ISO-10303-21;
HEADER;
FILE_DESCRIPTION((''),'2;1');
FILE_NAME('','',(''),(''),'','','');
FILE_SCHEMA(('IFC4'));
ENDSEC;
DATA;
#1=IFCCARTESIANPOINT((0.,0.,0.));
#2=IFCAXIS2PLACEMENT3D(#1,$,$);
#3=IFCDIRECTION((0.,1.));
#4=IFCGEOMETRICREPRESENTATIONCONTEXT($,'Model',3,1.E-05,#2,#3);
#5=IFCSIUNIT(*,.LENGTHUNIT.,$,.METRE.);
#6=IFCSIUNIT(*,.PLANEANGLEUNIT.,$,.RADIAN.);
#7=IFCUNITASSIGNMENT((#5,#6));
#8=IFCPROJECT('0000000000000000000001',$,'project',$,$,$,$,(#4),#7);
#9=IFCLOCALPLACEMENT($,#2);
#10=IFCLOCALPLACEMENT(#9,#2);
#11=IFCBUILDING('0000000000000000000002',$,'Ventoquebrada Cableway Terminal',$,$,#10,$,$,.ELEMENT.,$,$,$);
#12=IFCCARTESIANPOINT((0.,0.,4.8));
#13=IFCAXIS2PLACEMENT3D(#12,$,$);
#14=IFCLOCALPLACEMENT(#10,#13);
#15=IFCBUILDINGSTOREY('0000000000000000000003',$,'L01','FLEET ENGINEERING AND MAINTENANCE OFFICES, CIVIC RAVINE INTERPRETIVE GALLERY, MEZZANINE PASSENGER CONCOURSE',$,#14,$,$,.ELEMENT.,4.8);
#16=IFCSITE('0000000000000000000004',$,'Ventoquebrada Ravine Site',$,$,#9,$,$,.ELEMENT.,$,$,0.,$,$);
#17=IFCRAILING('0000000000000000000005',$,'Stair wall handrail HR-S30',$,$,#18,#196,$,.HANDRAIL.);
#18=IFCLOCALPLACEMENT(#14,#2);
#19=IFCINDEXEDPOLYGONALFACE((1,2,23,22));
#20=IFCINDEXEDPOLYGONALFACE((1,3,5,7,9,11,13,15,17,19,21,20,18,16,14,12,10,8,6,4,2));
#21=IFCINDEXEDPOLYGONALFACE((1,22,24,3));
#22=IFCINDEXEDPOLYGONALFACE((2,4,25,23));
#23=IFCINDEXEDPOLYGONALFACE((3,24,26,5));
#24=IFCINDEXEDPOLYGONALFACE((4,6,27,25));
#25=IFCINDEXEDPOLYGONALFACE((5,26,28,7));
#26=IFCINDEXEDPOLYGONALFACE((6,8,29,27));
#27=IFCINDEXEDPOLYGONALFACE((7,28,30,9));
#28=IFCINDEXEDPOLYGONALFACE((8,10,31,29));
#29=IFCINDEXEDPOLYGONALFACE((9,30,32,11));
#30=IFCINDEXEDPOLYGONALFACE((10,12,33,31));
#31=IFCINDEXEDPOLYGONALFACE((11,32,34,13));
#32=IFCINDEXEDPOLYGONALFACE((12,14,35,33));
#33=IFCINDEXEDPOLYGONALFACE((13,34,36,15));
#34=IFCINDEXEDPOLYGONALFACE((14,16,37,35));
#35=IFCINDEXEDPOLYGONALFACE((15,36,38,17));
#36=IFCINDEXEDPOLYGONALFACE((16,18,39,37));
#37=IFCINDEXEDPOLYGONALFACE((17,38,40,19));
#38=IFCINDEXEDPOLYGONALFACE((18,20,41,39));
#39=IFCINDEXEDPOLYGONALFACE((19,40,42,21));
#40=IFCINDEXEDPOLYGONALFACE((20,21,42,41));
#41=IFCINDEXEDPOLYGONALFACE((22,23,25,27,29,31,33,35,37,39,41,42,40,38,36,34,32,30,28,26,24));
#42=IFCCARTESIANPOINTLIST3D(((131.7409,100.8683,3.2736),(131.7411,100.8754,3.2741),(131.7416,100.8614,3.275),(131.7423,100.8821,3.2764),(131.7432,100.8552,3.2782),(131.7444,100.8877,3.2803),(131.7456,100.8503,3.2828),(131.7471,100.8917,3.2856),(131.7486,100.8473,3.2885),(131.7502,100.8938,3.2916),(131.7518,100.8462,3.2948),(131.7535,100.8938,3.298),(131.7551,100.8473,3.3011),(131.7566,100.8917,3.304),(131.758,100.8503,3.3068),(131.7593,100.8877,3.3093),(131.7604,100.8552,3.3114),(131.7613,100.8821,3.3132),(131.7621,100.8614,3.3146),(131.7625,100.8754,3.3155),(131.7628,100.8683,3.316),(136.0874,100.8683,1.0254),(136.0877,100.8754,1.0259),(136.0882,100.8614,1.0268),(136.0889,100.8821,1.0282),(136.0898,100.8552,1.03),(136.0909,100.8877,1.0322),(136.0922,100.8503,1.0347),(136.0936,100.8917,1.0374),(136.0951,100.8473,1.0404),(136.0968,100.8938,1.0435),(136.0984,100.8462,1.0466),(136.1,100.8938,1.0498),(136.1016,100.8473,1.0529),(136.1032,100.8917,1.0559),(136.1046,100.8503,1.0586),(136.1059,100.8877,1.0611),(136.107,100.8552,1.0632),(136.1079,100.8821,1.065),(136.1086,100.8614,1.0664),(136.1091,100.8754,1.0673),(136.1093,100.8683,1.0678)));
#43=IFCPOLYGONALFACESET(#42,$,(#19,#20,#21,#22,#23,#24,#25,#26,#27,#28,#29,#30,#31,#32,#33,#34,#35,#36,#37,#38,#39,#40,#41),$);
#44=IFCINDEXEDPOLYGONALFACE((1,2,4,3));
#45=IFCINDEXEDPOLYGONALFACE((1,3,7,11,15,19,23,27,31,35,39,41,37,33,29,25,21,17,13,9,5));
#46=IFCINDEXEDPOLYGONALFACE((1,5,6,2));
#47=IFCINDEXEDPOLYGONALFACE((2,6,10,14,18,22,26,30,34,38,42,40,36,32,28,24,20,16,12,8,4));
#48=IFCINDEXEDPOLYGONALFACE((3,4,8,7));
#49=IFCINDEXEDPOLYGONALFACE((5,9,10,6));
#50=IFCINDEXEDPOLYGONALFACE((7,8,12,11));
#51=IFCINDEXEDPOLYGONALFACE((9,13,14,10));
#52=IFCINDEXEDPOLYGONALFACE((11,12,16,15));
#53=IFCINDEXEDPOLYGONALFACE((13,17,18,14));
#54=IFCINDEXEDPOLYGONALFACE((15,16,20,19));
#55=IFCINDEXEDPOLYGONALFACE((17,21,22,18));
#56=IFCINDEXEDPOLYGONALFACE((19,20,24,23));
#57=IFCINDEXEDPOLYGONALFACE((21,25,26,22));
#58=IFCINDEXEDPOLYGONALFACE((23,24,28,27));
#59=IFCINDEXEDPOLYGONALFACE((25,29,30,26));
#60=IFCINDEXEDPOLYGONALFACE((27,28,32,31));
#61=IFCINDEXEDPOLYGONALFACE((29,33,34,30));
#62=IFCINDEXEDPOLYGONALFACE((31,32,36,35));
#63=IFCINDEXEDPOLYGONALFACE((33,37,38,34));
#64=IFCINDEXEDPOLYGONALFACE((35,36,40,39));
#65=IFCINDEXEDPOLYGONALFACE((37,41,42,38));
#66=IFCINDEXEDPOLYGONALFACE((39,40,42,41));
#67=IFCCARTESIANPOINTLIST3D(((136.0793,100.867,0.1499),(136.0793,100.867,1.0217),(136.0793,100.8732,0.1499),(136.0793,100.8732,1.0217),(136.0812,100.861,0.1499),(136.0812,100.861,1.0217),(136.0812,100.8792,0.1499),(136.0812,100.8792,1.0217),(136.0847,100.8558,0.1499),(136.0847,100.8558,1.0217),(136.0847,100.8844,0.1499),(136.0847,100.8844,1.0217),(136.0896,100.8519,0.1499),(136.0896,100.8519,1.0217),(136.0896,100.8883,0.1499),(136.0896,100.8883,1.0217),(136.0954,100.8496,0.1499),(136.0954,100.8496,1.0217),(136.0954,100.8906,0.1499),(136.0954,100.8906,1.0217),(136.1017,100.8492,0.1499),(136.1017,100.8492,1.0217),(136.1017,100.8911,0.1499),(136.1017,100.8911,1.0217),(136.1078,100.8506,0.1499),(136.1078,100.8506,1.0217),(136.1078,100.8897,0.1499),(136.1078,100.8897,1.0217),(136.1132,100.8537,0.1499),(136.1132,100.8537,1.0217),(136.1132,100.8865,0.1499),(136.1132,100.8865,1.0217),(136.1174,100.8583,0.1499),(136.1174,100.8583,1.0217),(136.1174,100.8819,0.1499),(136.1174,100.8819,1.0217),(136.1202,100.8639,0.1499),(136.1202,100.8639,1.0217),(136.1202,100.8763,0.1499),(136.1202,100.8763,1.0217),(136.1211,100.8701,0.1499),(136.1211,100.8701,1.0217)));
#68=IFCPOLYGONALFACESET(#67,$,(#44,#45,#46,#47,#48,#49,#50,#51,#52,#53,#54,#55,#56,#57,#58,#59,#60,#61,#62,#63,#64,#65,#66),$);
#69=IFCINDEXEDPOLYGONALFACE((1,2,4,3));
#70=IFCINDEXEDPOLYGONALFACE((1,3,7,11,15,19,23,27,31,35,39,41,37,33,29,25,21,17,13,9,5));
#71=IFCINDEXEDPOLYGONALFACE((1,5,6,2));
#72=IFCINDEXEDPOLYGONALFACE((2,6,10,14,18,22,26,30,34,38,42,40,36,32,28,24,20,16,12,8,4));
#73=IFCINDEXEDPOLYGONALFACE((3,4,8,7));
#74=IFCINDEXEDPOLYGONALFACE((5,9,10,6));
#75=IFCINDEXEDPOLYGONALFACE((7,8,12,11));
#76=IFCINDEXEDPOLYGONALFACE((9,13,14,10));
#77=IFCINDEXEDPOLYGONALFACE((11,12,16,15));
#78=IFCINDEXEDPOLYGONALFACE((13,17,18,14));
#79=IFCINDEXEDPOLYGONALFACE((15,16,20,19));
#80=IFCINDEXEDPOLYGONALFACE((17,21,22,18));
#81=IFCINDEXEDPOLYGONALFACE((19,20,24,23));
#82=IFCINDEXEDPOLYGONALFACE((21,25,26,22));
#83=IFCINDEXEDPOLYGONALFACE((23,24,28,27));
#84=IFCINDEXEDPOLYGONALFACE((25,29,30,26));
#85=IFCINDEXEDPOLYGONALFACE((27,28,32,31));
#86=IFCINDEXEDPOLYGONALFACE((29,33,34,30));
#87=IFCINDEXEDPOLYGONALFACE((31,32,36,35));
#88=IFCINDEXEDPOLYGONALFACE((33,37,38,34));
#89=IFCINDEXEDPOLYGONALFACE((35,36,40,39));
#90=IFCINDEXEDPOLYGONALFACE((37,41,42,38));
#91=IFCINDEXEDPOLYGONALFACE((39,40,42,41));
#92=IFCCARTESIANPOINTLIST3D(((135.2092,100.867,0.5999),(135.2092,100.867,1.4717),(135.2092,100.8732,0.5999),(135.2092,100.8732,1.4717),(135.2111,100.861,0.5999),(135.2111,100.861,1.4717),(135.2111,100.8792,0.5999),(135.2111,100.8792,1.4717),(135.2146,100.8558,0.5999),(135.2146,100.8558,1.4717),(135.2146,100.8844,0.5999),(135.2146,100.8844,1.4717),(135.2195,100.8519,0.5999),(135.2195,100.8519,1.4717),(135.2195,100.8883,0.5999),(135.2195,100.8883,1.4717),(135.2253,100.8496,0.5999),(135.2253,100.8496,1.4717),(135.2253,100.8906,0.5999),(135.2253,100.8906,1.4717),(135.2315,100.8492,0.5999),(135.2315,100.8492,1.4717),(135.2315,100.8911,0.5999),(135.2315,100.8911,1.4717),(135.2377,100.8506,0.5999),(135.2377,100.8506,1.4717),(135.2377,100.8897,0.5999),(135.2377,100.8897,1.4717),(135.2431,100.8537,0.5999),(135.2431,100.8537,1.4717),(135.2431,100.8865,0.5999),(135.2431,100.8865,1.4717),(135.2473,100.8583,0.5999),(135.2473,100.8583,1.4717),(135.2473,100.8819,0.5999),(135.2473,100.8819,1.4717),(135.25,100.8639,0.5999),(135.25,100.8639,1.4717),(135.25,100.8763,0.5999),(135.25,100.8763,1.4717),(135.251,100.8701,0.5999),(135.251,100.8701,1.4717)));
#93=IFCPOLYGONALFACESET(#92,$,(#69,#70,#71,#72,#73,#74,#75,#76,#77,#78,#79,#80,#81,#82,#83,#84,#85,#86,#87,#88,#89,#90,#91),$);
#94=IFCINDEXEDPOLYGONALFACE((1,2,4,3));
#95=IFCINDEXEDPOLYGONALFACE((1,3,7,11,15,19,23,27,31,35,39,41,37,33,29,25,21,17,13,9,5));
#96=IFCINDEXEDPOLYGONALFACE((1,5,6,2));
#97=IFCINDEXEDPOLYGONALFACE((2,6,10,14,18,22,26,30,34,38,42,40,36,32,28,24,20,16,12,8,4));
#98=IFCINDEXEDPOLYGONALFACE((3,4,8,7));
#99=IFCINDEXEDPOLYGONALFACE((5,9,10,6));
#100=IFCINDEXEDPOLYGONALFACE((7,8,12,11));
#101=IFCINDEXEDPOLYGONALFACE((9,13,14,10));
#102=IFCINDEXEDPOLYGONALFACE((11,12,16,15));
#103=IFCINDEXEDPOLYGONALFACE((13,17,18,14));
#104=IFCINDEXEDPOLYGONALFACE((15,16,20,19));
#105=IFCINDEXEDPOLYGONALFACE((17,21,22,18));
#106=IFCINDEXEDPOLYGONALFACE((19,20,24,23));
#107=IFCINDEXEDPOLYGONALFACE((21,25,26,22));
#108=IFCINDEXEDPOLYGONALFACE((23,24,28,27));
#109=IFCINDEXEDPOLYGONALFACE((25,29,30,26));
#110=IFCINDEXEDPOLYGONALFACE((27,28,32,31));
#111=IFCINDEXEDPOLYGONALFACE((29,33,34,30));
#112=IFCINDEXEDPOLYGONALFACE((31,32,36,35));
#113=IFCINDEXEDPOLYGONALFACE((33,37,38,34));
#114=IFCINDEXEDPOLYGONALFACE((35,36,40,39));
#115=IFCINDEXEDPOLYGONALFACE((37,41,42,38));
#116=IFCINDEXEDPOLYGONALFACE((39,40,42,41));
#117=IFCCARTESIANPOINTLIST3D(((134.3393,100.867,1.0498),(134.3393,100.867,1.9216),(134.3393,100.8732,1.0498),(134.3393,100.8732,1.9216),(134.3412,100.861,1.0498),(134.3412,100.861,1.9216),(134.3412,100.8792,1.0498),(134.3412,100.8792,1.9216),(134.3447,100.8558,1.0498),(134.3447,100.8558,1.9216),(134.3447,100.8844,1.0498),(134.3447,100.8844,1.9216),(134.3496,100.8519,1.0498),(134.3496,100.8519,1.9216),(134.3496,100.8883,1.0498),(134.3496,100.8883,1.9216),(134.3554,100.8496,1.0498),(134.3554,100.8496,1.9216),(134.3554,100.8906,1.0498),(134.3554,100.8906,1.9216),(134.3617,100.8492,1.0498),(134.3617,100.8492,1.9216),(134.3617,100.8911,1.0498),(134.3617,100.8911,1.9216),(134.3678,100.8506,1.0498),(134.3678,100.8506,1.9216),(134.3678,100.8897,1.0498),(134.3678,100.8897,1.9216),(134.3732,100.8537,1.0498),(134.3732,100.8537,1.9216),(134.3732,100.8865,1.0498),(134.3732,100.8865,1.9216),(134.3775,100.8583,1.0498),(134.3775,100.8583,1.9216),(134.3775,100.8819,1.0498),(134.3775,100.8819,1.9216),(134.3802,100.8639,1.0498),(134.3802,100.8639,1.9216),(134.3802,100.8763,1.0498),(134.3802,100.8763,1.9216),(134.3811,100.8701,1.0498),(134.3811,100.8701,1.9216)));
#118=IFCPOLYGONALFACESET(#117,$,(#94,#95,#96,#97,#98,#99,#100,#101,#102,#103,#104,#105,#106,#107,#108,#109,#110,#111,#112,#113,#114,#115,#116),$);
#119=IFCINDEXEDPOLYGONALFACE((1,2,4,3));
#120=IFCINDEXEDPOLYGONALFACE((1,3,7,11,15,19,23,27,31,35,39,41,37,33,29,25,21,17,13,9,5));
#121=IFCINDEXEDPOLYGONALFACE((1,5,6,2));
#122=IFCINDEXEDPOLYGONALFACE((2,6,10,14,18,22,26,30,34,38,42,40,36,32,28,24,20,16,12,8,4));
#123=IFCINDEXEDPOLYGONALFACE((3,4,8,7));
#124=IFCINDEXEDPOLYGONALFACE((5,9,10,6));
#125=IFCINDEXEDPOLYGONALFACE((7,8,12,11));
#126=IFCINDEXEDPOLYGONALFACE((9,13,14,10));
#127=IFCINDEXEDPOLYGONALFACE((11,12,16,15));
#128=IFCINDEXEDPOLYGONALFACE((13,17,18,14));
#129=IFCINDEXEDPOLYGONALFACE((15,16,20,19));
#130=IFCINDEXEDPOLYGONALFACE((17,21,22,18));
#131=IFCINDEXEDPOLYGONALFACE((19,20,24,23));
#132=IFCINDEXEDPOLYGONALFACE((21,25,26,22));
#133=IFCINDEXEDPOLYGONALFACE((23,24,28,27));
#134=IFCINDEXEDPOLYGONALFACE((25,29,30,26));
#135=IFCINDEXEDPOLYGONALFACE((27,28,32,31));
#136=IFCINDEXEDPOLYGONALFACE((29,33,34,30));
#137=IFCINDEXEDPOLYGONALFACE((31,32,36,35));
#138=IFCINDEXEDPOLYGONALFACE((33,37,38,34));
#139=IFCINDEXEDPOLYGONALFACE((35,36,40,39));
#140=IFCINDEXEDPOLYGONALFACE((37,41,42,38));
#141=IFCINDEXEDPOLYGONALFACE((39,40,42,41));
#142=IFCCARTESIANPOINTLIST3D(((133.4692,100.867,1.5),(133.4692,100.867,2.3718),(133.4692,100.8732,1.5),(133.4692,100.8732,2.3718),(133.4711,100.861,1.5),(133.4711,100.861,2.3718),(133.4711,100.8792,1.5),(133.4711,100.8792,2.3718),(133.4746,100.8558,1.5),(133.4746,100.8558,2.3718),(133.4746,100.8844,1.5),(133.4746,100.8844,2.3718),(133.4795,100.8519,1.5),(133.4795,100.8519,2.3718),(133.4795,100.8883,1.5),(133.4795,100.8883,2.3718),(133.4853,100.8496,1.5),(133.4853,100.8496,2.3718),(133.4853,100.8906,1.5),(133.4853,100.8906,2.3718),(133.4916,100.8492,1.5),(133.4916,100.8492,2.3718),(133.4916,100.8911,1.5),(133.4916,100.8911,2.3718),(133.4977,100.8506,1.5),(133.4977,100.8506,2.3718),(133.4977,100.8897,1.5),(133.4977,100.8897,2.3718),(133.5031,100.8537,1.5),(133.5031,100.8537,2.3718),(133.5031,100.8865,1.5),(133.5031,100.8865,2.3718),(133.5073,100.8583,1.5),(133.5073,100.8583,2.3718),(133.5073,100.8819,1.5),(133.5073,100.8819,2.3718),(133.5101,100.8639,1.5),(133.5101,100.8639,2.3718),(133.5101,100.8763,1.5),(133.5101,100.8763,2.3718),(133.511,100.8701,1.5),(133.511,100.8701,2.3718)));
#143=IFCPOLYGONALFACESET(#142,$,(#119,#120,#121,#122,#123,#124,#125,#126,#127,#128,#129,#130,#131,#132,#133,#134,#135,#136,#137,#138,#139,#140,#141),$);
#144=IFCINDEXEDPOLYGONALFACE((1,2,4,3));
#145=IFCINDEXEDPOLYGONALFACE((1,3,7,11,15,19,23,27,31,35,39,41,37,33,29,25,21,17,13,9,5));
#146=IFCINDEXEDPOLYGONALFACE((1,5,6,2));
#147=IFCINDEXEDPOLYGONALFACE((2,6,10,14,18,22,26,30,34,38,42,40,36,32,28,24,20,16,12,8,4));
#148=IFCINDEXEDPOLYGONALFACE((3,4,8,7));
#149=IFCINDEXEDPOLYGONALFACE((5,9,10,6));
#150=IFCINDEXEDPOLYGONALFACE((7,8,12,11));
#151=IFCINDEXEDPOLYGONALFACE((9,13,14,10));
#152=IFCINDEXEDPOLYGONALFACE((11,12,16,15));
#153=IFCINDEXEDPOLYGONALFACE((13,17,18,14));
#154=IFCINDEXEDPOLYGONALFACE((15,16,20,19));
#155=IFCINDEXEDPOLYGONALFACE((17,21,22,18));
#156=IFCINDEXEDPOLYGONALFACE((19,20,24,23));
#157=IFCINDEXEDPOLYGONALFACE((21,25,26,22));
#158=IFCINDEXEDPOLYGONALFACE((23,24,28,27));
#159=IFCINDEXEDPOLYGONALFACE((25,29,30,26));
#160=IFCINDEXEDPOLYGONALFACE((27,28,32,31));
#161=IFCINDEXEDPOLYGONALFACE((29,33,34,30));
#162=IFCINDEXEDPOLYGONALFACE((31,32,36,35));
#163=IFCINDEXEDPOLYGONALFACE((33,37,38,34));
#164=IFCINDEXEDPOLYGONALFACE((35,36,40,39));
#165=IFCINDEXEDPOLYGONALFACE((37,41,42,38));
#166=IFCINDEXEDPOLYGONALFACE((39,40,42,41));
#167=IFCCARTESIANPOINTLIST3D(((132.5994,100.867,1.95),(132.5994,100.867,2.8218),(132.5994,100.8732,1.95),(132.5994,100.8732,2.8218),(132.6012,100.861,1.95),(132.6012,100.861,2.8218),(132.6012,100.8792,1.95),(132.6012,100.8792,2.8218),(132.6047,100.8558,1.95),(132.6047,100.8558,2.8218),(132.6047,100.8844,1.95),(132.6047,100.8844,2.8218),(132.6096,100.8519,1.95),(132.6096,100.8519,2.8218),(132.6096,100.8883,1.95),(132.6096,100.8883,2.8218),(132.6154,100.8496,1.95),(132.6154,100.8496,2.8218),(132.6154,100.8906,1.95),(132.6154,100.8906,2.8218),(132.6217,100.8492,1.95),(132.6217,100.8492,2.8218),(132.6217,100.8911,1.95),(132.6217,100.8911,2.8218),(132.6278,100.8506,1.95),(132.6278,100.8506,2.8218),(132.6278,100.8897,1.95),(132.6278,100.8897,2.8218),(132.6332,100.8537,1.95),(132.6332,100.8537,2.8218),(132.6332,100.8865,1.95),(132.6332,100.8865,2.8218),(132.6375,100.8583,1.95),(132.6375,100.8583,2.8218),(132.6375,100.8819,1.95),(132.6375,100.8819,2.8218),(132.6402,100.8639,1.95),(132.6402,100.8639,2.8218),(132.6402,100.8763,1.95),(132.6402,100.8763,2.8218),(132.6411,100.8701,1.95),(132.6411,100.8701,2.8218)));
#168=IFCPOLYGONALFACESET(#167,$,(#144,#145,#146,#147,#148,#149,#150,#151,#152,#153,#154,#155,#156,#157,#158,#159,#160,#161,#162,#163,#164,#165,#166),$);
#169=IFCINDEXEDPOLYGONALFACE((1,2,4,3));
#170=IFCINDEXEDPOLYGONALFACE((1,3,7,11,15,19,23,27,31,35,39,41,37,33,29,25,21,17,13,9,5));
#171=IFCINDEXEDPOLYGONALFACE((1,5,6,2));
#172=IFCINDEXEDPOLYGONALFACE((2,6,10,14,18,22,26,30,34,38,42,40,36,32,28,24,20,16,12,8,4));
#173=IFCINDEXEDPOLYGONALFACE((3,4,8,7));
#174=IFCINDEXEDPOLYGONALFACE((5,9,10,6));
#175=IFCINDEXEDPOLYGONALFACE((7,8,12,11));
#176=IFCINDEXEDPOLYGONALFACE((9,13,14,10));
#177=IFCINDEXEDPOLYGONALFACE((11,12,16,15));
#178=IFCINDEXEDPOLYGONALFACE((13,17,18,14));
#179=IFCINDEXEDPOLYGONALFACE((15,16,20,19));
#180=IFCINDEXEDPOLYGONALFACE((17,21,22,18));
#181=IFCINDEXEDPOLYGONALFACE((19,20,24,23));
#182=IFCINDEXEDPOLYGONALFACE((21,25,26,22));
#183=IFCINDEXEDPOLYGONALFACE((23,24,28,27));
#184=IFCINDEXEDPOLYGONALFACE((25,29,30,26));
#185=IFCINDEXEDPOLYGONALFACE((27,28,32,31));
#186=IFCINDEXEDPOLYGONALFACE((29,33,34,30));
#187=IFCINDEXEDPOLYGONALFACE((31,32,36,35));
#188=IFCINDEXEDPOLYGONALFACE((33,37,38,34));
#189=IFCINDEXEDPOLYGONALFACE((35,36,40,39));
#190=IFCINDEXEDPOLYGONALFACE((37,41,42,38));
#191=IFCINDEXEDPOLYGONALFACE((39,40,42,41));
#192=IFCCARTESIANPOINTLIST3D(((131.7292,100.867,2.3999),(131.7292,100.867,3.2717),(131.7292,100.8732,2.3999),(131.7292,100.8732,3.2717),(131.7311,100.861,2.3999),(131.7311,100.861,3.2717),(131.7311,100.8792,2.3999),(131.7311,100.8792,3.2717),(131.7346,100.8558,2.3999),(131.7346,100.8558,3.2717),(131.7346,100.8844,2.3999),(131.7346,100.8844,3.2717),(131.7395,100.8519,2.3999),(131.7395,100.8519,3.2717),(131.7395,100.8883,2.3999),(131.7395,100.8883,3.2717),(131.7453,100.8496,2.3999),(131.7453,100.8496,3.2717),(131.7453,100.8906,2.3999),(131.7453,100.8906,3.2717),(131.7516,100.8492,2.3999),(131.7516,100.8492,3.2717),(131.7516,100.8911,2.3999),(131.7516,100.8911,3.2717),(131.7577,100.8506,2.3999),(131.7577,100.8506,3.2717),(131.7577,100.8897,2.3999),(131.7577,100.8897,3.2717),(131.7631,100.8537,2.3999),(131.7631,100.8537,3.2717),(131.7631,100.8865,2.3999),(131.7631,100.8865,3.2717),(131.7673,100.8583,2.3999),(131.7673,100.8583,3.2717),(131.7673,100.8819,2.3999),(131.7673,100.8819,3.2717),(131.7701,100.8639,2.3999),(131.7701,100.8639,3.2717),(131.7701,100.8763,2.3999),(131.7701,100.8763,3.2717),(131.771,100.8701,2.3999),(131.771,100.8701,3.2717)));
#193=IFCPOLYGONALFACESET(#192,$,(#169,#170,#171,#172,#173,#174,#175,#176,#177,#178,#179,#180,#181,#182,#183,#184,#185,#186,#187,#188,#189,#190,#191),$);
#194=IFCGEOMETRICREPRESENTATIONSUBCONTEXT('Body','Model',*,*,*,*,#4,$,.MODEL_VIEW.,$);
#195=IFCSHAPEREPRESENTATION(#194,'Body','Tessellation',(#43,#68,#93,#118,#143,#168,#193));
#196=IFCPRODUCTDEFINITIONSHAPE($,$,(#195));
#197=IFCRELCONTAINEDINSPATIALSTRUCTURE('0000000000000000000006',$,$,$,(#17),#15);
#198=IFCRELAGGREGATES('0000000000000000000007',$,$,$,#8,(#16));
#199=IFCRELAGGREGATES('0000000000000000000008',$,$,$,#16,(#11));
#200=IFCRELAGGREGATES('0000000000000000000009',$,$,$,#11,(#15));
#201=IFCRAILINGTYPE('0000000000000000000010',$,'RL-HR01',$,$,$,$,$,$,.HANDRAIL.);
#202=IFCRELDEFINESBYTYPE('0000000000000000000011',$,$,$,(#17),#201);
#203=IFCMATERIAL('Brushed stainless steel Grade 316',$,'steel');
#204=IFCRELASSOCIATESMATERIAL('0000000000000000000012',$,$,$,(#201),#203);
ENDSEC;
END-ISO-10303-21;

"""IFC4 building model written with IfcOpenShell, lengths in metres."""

from ifc_helpers import new_model, si_unit, direction, frame, origin, origin_2d, place, context, subcontext, project, spatial, circle, extrude, material, type_object, element, save


model = new_model("IFC4")

# Units and contexts
model_context = context("Model", 3, precision=1e-05, world=origin(), true_north=direction((0.0, 1.0)))
body_context = subcontext(model_context, "Body", "Model", "MODEL_VIEW")
ifc_project = project(units=[si_unit("LENGTHUNIT", "METRE"), si_unit("PLANEANGLEUNIT", "RADIAN")], contexts=[model_context])

# Site, building, storey
site_placement = place(None, origin())
site = spatial("IfcSite", under=ifc_project, at=site_placement, Name="Ventoquebrada Ravine Site", CompositionType="ELEMENT", RefElevation=0.0)
building_placement = place(site_placement, origin())
building = spatial("IfcBuilding", under=site, at=building_placement, Name="Ventoquebrada Cableway Terminal", CompositionType="ELEMENT")
storey_placement = place(building_placement, frame((0.0, 0.0, 4.8)))
storey = spatial("IfcBuildingStorey", under=building, at=storey_placement, Name="L01", Description="FLEET ENGINEERING AND MAINTENANCE OFFICES, CIVIC RAVINE INTERPRETIVE GALLERY, MEZZANINE PASSENGER CONCOURSE", CompositionType="ELEMENT", Elevation=4.8)

# Shared definitions
ifc_material_1 = material(Name="Brushed stainless steel Grade 316", Category="steel")

# Railing
railing_type_1 = type_object("IfcRailingType", Name="RL-HR01", PredefinedType="HANDRAIL", material=ifc_material_1)
railing_1_placement = place(storey_placement, frame((136.1001, 100.8701, 0.1499)))
element("IfcRailing", 1, at=railing_1_placement, inside=storey, type_object=railing_type_1, Name="Stair wall handrail HR-S30", PredefinedType="HANDRAIL", context=body_context, shape_type="SweptSolid", body=[
    extrude(circle(Radius=0.0239, at=origin_2d()), frame((-0.0017, 0.0, 0.8967), z_axis=(-0.888222, 0.0, 0.459415), x_axis=(0.0, -1.0, 0.0)), (0.0, 0.0, 1.0), 4.8936),
    extrude(circle(Radius=0.021, at=origin_2d()), origin(), (0.0, 0.0, 1.0), 0.8718),
    extrude(circle(Radius=0.021, at=origin_2d()), frame((-0.8701, 0.0, 0.45)), (0.0, 0.0, 1.0), 0.8718),
    extrude(circle(Radius=0.021, at=origin_2d()), frame((-1.74, 0.0, 0.8999)), (0.0, 0.0, 1.0), 0.8718),
    extrude(circle(Radius=0.021, at=origin_2d()), frame((-2.6101, 0.0, 1.3501)), (0.0, 0.0, 1.0), 0.8718),
    extrude(circle(Radius=0.021, at=origin_2d()), frame((-3.48, 0.0, 1.8)), (0.0, 0.0, 1.0), 0.8718),
    extrude(circle(Radius=0.021, at=origin_2d()), frame((-4.3501, 0.0, 2.25)), (0.0, 0.0, 1.0), 0.8718),
])

save(model, "model.ifc")
